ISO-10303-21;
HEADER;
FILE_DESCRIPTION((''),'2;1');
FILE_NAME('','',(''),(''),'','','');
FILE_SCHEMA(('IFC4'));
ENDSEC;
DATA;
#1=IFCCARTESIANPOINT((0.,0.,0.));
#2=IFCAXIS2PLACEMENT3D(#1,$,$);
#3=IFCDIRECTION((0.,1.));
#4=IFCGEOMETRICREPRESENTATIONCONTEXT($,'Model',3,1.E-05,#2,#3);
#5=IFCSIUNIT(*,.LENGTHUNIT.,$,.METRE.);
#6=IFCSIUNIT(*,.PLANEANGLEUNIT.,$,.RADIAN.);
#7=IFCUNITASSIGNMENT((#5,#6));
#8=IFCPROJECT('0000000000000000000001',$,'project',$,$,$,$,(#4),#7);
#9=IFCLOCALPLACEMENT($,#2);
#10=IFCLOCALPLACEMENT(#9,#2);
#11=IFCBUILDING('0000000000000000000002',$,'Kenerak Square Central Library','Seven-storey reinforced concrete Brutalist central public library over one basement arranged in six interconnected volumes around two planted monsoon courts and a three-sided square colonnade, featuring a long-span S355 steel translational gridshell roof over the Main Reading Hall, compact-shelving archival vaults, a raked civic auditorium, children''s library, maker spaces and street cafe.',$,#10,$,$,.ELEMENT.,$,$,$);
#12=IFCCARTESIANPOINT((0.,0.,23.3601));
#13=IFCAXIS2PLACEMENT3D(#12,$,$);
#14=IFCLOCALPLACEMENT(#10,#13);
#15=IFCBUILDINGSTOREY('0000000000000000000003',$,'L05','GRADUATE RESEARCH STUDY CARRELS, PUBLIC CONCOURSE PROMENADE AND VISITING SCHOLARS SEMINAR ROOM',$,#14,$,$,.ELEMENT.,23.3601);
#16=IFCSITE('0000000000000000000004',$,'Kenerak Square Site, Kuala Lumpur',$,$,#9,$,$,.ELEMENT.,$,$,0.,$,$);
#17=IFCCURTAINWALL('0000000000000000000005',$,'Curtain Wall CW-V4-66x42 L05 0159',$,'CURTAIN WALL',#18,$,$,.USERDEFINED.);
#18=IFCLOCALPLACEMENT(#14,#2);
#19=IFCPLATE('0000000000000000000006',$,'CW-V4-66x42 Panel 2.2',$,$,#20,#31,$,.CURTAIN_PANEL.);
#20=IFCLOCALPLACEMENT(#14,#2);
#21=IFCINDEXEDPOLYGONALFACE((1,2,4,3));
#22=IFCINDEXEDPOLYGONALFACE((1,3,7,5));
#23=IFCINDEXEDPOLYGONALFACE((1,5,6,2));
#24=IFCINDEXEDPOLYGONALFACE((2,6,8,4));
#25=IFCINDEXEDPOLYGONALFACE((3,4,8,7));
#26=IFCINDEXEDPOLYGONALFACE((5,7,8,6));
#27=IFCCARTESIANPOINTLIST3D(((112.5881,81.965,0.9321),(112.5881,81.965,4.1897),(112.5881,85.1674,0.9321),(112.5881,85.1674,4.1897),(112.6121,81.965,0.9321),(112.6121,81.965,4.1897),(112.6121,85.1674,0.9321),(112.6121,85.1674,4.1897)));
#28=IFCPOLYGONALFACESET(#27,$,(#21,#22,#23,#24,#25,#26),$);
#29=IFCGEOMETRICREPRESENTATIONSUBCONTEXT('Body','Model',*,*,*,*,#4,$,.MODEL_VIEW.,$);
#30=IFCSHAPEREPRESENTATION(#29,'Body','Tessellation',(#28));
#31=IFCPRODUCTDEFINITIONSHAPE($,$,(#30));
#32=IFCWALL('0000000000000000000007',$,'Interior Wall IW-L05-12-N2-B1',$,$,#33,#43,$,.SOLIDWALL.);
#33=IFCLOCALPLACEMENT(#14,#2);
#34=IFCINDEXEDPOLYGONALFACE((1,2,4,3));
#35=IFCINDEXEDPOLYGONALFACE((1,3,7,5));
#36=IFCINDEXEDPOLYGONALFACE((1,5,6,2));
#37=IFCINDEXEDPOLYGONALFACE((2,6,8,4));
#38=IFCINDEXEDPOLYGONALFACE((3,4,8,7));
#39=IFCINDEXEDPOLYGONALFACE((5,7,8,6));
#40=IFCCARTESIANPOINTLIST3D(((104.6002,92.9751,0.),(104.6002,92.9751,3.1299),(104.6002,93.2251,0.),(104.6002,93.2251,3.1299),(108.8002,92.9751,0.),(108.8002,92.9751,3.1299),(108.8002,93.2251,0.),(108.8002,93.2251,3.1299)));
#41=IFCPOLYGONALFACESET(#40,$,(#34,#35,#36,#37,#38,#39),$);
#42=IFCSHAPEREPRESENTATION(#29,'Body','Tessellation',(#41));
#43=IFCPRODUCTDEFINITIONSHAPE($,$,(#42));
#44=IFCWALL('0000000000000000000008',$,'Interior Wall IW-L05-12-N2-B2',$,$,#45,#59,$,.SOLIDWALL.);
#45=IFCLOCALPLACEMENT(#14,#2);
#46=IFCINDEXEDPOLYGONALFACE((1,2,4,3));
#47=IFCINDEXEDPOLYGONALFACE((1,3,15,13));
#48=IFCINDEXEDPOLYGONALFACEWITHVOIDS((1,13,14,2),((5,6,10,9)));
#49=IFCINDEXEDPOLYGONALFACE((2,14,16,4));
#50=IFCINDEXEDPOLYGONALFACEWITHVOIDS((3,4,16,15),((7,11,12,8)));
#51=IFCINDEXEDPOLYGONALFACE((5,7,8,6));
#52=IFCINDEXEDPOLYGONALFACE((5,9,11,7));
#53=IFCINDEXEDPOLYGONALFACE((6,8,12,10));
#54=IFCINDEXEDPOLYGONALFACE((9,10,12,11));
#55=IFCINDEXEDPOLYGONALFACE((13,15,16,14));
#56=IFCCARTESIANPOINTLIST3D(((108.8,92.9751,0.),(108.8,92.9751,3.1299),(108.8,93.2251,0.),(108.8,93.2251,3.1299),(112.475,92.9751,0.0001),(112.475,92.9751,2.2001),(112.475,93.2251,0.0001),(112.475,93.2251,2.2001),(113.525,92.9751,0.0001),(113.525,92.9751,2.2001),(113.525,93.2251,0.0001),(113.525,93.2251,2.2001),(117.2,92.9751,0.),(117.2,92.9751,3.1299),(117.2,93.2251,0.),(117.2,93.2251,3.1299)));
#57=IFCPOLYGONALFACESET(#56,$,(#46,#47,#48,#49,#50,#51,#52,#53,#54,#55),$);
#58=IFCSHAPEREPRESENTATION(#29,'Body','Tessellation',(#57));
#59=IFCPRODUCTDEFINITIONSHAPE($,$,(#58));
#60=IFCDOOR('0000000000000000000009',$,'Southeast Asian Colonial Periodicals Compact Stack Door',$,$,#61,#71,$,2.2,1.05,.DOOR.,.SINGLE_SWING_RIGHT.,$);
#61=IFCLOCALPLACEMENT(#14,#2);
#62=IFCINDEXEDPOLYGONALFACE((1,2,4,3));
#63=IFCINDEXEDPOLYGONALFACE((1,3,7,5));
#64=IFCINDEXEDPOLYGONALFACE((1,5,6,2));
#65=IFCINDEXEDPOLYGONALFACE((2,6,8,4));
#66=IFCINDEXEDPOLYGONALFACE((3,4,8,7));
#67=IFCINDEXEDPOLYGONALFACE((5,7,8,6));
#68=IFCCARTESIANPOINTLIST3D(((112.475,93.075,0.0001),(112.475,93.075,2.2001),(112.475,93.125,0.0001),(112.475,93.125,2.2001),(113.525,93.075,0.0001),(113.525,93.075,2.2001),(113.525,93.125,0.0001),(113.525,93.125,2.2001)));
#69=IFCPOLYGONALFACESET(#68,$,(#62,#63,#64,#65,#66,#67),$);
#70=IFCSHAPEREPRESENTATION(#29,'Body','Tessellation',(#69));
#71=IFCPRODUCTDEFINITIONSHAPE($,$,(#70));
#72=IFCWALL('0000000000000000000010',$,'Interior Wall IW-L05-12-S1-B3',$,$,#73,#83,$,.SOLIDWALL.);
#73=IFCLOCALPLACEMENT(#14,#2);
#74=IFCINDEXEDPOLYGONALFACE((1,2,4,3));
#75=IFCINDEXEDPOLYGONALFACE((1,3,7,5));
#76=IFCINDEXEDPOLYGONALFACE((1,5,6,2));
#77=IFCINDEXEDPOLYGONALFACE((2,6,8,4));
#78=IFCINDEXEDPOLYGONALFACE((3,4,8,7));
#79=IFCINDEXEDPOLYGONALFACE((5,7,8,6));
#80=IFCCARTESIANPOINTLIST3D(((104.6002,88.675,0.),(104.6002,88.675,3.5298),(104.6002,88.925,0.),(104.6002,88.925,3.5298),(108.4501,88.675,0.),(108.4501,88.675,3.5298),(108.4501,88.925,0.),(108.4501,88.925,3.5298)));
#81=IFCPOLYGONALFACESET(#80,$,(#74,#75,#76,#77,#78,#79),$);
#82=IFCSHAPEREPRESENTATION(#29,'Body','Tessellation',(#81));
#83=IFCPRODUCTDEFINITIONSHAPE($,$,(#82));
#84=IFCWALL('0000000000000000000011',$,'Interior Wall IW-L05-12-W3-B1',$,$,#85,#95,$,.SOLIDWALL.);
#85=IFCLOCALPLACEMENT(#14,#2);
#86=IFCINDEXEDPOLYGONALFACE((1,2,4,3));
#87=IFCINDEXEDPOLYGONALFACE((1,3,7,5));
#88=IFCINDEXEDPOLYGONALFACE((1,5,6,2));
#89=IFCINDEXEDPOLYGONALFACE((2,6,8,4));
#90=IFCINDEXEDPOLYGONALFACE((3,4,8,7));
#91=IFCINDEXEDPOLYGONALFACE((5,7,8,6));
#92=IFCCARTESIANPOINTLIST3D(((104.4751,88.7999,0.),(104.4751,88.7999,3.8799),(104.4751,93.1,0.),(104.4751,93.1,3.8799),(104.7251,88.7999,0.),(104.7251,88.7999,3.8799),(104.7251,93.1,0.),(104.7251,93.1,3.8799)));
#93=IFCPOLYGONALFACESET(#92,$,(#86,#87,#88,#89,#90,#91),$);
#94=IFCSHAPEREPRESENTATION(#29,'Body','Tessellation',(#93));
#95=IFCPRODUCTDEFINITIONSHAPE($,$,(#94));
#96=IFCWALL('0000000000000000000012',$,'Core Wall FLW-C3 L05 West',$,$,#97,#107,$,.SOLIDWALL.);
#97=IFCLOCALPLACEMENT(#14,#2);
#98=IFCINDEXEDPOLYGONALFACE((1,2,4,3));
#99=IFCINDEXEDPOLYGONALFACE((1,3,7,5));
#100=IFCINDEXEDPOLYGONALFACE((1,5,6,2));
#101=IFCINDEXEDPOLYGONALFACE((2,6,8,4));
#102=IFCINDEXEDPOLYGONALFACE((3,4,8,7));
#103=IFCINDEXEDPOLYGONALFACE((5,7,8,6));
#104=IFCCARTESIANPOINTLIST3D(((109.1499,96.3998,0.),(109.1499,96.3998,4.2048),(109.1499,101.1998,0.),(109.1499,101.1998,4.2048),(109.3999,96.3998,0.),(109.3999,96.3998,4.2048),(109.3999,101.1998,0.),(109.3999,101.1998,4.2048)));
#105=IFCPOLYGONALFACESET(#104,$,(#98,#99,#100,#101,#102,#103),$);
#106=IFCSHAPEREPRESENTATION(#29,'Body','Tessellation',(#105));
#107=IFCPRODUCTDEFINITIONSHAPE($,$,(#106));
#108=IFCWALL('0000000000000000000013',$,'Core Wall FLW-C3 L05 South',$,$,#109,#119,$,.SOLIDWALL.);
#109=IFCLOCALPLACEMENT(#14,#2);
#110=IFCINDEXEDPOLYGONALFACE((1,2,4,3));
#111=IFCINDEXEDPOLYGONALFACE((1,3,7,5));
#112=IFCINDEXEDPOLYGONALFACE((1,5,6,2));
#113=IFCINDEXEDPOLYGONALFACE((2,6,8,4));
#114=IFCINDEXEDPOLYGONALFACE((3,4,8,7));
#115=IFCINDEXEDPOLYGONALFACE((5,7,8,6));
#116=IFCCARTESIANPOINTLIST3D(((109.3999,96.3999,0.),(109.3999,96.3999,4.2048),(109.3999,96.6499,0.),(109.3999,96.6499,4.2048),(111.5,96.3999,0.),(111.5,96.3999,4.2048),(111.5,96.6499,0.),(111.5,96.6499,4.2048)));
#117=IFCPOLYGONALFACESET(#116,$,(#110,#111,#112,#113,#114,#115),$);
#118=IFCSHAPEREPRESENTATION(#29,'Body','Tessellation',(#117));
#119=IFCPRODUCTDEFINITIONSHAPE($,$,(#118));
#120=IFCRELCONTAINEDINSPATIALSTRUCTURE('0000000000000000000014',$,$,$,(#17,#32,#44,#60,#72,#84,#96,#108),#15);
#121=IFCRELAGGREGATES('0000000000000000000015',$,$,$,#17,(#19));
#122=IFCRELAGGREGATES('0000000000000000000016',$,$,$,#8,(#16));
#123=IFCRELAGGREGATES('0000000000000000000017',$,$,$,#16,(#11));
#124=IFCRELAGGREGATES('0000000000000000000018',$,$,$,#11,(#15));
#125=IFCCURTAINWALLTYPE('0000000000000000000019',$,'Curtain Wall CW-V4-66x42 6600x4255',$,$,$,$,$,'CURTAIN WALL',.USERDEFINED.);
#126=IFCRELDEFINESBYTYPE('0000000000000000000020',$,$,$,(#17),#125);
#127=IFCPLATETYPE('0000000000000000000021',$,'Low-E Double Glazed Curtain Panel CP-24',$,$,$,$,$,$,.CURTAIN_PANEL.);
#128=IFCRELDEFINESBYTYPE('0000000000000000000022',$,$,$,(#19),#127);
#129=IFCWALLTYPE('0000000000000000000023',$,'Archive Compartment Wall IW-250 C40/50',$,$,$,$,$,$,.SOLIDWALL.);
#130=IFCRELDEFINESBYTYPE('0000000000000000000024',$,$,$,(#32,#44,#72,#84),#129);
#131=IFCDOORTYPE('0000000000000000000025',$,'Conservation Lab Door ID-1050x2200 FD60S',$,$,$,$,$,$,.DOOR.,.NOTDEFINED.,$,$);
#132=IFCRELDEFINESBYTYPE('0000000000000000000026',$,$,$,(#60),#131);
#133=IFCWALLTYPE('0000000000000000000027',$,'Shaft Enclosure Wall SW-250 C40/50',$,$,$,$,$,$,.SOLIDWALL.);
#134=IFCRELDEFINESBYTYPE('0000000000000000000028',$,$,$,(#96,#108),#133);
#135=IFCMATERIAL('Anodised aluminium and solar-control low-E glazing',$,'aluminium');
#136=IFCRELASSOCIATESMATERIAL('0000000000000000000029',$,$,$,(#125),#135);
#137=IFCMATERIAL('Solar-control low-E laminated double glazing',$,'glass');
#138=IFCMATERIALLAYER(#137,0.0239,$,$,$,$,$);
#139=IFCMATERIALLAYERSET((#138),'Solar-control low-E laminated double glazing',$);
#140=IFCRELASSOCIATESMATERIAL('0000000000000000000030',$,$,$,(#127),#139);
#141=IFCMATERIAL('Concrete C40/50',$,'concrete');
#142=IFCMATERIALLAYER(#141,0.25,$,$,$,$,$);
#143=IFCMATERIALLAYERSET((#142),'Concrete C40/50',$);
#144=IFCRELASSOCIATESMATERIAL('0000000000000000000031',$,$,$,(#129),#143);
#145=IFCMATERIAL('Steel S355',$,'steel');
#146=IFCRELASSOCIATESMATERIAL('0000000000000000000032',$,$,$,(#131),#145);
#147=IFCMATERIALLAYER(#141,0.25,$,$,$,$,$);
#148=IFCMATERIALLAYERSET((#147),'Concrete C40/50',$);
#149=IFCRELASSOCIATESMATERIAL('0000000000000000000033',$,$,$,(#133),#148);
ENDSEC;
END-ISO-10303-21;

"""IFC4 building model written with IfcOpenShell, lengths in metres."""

from ifc_helpers import new_model, si_unit, direction, frame, frame_2d, origin, origin_2d, place, context, subcontext, project, spatial, rectangle, extrude, material, layer, layer_set, type_object, element, fill, aggregate, save


model = new_model("IFC4")

# Units and contexts
model_context = context("Model", 3, precision=1e-05, world=origin(), true_north=direction((0.0, 1.0)))
body_context = subcontext(model_context, "Body", "Model", "MODEL_VIEW")
ifc_project = project(units=[si_unit("LENGTHUNIT", "METRE"), si_unit("PLANEANGLEUNIT", "RADIAN")], contexts=[model_context])

# Site, building, storey
site_placement = place(None, origin())
site = spatial("IfcSite", under=ifc_project, at=site_placement, Name="Kenerak Square Site, Kuala Lumpur", CompositionType="ELEMENT", RefElevation=0.0)
building_placement = place(site_placement, origin())
building = spatial("IfcBuilding", under=site, at=building_placement, Name="Kenerak Square Central Library", Description="Seven-storey reinforced concrete Brutalist central public library over one basement arranged in six interconnected volumes around two planted monsoon courts and a three-sided square colonnade, featuring a long-span S355 steel translational gridshell roof over the Main Reading Hall, compact-shelving archival vaults, a raked civic auditorium, children's library, maker spaces and street cafe.", CompositionType="ELEMENT")
storey_placement = place(building_placement, frame((0.0, 0.0, 23.3601)))
storey = spatial("IfcBuildingStorey", under=building, at=storey_placement, Name="L05", Description="GRADUATE RESEARCH STUDY CARRELS, PUBLIC CONCOURSE PROMENADE AND VISITING SCHOLARS SEMINAR ROOM", CompositionType="ELEMENT", Elevation=23.3601)

# Shared definitions
ifc_material_1 = material(Name="Concrete C40/50", Category="concrete")

# Curtain wall
ifc_material_2 = material(Name="Anodised aluminium and solar-control low-E glazing", Category="aluminium")
curtain_wall_type = type_object("IfcCurtainWallType", Name="Curtain Wall CW-V4-66x42 6600x4255", ElementType="CURTAIN WALL", PredefinedType="USERDEFINED", material=ifc_material_2)
curtain_wall_placement = place(storey_placement, origin())
curtain_wall = element("IfcCurtainWall", 1, at=curtain_wall_placement, inside=storey, type_object=curtain_wall_type, Name="Curtain Wall CW-V4-66x42 L05 0159", ObjectType="CURTAIN WALL", PredefinedType="USERDEFINED")

# Plate
ifc_material_3 = material(Name="Solar-control low-E laminated double glazing", Category="glass")
ifc_layer_1 = layer(ifc_material_3, 0.0239)
ifc_layer_set_1 = layer_set([ifc_layer_1], Name="Solar-control low-E laminated double glazing")
plate_type = type_object("IfcPlateType", Name="Low-E Double Glazed Curtain Panel CP-24", PredefinedType="CURTAIN_PANEL", material=ifc_layer_set_1)
plate_1_placement = place(storey_placement, frame((112.6001, 83.5662, 0.9321), z_axis=(0.0, 0.0, 1.0), x_axis=(0.0, -1.0, 0.0)))
plate_1 = element("IfcPlate", 2, at=plate_1_placement, type_object=plate_type, Name="CW-V4-66x42 Panel 2.2", PredefinedType="CURTAIN_PANEL", context=body_context, shape_type="SweptSolid", body=[
    extrude(rectangle(XDim=3.2024, YDim=0.0239, at=origin_2d()), origin(), (0.0, 0.0, 1.0), 3.2576),
])
aggregate(curtain_wall, [plate_1])

# Wall
ifc_layer_2 = layer(ifc_material_1, 0.25)
ifc_layer_set_2 = layer_set([ifc_layer_2], Name="Concrete C40/50")
wall_type_1 = type_object("IfcWallType", Name="Archive Compartment Wall IW-250 C40/50", PredefinedType="SOLIDWALL", material=ifc_layer_set_2)
wall_1_placement = place(storey_placement, frame((104.6001, 93.1001, 0.0), z_axis=(0.0, 0.0, 1.0), x_axis=(1.0, 0.0, 0.0)))
element("IfcWall", 3, at=wall_1_placement, inside=storey, type_object=wall_type_1, Name="Interior Wall IW-L05-12-N2-B1", PredefinedType="SOLIDWALL", context=body_context, shape_type="SweptSolid", body=[
    extrude(rectangle(XDim=4.2, YDim=0.25, at=frame_2d((2.1001, 0.0))), origin(), (0.0, 0.0, 1.0), 3.1299),
])

# Wall, opening, door
wall_2_placement = place(storey_placement, frame((108.8, 93.1001, 0.0), z_axis=(0.0, 0.0, 1.0), x_axis=(1.0, 0.0, 0.0)))
wall_2 = element("IfcWall", 4, at=wall_2_placement, inside=storey, type_object=wall_type_1, Name="Interior Wall IW-L05-12-N2-B2", PredefinedType="SOLIDWALL", context=body_context, shape_type="SweptSolid", body=[
    extrude(rectangle(XDim=8.3999, YDim=0.25, at=frame_2d((4.2, 0.0))), origin(), (0.0, 0.0, 1.0), 3.1299),
])
opening_placement = place(wall_2_placement, frame((3.675, 0.0, 0.0)))
opening = element("IfcOpeningElement", 5, at=opening_placement, cuts=wall_2, PredefinedType="OPENING", context=body_context, shape_type="SweptSolid", body=[
    extrude(rectangle(XDim=1.05, YDim=2.2, at=frame_2d((0.5249, 1.1001))), frame((0.0, 0.135, 0.0), z_axis=(0.0, -1.0, 0.0), x_axis=(1.0, 0.0, 0.0)), (0.0, 0.0, 1.0), 0.27),
])
ifc_material_4 = material(Name="Steel S355", Category="steel")
door_type = type_object("IfcDoorType", Name="Conservation Lab Door ID-1050x2200 FD60S", OperationType="NOTDEFINED", PredefinedType="DOOR", material=ifc_material_4)
door_placement = place(opening_placement, origin())
door = element("IfcDoor", 6, at=door_placement, inside=storey, type_object=door_type, Name="Southeast Asian Colonial Periodicals Compact Stack Door", OperationType="SINGLE_SWING_RIGHT", OverallHeight=2.2, OverallWidth=1.05, PredefinedType="DOOR", context=body_context, shape_type="SweptSolid", body=[
    extrude(rectangle(XDim=1.05, YDim=2.2, at=frame_2d((0.5249, 1.1001))), frame((0.0, 0.0249, 0.0), z_axis=(0.0, -1.0, 0.0), x_axis=(1.0, 0.0, 0.0)), (0.0, 0.0, 1.0), 0.05),
])
fill(opening, door)

# Walls
wall_3_placement = place(storey_placement, frame((108.45, 88.8, 0.0), z_axis=(0.0, 0.0, 1.0), x_axis=(-1.0, 0.0, 0.0)))
element("IfcWall", 7, at=wall_3_placement, inside=storey, type_object=wall_type_1, Name="Interior Wall IW-L05-12-S1-B3", PredefinedType="SOLIDWALL", context=body_context, shape_type="SweptSolid", body=[
    extrude(rectangle(XDim=3.8499, YDim=0.25, at=frame_2d((1.9248, 0.0))), origin(), (0.0, 0.0, 1.0), 3.5298),
])
wall_4_placement = place(storey_placement, frame((104.6001, 88.8, 0.0), z_axis=(0.0, 0.0, 1.0), x_axis=(0.0, 1.0, 0.0)))
element("IfcWall", 8, at=wall_4_placement, inside=storey, type_object=wall_type_1, Name="Interior Wall IW-L05-12-W3-B1", PredefinedType="SOLIDWALL", context=body_context, shape_type="SweptSolid", body=[
    extrude(rectangle(XDim=4.3, YDim=0.25, at=frame_2d((2.1499, 0.0))), origin(), (0.0, 0.0, 1.0), 3.8799),
])
ifc_layer_3 = layer(ifc_material_1, 0.25)
ifc_layer_set_3 = layer_set([ifc_layer_3], Name="Concrete C40/50")
wall_type_2 = type_object("IfcWallType", Name="Shaft Enclosure Wall SW-250 C40/50", PredefinedType="SOLIDWALL", material=ifc_layer_set_3)
wall_5_placement = place(storey_placement, frame((109.2749, 96.3999, 0.0), z_axis=(0.0, 0.0, 1.0), x_axis=(0.0, 1.0, 0.0)))
element("IfcWall", 9, at=wall_5_placement, inside=storey, type_object=wall_type_2, Name="Core Wall FLW-C3 L05 West", PredefinedType="SOLIDWALL", context=body_context, shape_type="SweptSolid", body=[
    extrude(rectangle(XDim=4.8, YDim=0.25, at=frame_2d((2.3999, 0.0))), origin(), (0.0, 0.0, 1.0), 4.2048),
])
wall_6_placement = place(storey_placement, frame((111.5, 96.5249, 0.0), z_axis=(0.0, 0.0, 1.0), x_axis=(-1.0, 0.0, 0.0)))
element("IfcWall", 10, at=wall_6_placement, inside=storey, type_object=wall_type_2, Name="Core Wall FLW-C3 L05 South", PredefinedType="SOLIDWALL", context=body_context, shape_type="SweptSolid", body=[
    extrude(rectangle(XDim=2.1001, YDim=0.25, at=frame_2d((1.05, 0.0))), origin(), (0.0, 0.0, 1.0), 4.2048),
])

save(model, "model.ifc")
